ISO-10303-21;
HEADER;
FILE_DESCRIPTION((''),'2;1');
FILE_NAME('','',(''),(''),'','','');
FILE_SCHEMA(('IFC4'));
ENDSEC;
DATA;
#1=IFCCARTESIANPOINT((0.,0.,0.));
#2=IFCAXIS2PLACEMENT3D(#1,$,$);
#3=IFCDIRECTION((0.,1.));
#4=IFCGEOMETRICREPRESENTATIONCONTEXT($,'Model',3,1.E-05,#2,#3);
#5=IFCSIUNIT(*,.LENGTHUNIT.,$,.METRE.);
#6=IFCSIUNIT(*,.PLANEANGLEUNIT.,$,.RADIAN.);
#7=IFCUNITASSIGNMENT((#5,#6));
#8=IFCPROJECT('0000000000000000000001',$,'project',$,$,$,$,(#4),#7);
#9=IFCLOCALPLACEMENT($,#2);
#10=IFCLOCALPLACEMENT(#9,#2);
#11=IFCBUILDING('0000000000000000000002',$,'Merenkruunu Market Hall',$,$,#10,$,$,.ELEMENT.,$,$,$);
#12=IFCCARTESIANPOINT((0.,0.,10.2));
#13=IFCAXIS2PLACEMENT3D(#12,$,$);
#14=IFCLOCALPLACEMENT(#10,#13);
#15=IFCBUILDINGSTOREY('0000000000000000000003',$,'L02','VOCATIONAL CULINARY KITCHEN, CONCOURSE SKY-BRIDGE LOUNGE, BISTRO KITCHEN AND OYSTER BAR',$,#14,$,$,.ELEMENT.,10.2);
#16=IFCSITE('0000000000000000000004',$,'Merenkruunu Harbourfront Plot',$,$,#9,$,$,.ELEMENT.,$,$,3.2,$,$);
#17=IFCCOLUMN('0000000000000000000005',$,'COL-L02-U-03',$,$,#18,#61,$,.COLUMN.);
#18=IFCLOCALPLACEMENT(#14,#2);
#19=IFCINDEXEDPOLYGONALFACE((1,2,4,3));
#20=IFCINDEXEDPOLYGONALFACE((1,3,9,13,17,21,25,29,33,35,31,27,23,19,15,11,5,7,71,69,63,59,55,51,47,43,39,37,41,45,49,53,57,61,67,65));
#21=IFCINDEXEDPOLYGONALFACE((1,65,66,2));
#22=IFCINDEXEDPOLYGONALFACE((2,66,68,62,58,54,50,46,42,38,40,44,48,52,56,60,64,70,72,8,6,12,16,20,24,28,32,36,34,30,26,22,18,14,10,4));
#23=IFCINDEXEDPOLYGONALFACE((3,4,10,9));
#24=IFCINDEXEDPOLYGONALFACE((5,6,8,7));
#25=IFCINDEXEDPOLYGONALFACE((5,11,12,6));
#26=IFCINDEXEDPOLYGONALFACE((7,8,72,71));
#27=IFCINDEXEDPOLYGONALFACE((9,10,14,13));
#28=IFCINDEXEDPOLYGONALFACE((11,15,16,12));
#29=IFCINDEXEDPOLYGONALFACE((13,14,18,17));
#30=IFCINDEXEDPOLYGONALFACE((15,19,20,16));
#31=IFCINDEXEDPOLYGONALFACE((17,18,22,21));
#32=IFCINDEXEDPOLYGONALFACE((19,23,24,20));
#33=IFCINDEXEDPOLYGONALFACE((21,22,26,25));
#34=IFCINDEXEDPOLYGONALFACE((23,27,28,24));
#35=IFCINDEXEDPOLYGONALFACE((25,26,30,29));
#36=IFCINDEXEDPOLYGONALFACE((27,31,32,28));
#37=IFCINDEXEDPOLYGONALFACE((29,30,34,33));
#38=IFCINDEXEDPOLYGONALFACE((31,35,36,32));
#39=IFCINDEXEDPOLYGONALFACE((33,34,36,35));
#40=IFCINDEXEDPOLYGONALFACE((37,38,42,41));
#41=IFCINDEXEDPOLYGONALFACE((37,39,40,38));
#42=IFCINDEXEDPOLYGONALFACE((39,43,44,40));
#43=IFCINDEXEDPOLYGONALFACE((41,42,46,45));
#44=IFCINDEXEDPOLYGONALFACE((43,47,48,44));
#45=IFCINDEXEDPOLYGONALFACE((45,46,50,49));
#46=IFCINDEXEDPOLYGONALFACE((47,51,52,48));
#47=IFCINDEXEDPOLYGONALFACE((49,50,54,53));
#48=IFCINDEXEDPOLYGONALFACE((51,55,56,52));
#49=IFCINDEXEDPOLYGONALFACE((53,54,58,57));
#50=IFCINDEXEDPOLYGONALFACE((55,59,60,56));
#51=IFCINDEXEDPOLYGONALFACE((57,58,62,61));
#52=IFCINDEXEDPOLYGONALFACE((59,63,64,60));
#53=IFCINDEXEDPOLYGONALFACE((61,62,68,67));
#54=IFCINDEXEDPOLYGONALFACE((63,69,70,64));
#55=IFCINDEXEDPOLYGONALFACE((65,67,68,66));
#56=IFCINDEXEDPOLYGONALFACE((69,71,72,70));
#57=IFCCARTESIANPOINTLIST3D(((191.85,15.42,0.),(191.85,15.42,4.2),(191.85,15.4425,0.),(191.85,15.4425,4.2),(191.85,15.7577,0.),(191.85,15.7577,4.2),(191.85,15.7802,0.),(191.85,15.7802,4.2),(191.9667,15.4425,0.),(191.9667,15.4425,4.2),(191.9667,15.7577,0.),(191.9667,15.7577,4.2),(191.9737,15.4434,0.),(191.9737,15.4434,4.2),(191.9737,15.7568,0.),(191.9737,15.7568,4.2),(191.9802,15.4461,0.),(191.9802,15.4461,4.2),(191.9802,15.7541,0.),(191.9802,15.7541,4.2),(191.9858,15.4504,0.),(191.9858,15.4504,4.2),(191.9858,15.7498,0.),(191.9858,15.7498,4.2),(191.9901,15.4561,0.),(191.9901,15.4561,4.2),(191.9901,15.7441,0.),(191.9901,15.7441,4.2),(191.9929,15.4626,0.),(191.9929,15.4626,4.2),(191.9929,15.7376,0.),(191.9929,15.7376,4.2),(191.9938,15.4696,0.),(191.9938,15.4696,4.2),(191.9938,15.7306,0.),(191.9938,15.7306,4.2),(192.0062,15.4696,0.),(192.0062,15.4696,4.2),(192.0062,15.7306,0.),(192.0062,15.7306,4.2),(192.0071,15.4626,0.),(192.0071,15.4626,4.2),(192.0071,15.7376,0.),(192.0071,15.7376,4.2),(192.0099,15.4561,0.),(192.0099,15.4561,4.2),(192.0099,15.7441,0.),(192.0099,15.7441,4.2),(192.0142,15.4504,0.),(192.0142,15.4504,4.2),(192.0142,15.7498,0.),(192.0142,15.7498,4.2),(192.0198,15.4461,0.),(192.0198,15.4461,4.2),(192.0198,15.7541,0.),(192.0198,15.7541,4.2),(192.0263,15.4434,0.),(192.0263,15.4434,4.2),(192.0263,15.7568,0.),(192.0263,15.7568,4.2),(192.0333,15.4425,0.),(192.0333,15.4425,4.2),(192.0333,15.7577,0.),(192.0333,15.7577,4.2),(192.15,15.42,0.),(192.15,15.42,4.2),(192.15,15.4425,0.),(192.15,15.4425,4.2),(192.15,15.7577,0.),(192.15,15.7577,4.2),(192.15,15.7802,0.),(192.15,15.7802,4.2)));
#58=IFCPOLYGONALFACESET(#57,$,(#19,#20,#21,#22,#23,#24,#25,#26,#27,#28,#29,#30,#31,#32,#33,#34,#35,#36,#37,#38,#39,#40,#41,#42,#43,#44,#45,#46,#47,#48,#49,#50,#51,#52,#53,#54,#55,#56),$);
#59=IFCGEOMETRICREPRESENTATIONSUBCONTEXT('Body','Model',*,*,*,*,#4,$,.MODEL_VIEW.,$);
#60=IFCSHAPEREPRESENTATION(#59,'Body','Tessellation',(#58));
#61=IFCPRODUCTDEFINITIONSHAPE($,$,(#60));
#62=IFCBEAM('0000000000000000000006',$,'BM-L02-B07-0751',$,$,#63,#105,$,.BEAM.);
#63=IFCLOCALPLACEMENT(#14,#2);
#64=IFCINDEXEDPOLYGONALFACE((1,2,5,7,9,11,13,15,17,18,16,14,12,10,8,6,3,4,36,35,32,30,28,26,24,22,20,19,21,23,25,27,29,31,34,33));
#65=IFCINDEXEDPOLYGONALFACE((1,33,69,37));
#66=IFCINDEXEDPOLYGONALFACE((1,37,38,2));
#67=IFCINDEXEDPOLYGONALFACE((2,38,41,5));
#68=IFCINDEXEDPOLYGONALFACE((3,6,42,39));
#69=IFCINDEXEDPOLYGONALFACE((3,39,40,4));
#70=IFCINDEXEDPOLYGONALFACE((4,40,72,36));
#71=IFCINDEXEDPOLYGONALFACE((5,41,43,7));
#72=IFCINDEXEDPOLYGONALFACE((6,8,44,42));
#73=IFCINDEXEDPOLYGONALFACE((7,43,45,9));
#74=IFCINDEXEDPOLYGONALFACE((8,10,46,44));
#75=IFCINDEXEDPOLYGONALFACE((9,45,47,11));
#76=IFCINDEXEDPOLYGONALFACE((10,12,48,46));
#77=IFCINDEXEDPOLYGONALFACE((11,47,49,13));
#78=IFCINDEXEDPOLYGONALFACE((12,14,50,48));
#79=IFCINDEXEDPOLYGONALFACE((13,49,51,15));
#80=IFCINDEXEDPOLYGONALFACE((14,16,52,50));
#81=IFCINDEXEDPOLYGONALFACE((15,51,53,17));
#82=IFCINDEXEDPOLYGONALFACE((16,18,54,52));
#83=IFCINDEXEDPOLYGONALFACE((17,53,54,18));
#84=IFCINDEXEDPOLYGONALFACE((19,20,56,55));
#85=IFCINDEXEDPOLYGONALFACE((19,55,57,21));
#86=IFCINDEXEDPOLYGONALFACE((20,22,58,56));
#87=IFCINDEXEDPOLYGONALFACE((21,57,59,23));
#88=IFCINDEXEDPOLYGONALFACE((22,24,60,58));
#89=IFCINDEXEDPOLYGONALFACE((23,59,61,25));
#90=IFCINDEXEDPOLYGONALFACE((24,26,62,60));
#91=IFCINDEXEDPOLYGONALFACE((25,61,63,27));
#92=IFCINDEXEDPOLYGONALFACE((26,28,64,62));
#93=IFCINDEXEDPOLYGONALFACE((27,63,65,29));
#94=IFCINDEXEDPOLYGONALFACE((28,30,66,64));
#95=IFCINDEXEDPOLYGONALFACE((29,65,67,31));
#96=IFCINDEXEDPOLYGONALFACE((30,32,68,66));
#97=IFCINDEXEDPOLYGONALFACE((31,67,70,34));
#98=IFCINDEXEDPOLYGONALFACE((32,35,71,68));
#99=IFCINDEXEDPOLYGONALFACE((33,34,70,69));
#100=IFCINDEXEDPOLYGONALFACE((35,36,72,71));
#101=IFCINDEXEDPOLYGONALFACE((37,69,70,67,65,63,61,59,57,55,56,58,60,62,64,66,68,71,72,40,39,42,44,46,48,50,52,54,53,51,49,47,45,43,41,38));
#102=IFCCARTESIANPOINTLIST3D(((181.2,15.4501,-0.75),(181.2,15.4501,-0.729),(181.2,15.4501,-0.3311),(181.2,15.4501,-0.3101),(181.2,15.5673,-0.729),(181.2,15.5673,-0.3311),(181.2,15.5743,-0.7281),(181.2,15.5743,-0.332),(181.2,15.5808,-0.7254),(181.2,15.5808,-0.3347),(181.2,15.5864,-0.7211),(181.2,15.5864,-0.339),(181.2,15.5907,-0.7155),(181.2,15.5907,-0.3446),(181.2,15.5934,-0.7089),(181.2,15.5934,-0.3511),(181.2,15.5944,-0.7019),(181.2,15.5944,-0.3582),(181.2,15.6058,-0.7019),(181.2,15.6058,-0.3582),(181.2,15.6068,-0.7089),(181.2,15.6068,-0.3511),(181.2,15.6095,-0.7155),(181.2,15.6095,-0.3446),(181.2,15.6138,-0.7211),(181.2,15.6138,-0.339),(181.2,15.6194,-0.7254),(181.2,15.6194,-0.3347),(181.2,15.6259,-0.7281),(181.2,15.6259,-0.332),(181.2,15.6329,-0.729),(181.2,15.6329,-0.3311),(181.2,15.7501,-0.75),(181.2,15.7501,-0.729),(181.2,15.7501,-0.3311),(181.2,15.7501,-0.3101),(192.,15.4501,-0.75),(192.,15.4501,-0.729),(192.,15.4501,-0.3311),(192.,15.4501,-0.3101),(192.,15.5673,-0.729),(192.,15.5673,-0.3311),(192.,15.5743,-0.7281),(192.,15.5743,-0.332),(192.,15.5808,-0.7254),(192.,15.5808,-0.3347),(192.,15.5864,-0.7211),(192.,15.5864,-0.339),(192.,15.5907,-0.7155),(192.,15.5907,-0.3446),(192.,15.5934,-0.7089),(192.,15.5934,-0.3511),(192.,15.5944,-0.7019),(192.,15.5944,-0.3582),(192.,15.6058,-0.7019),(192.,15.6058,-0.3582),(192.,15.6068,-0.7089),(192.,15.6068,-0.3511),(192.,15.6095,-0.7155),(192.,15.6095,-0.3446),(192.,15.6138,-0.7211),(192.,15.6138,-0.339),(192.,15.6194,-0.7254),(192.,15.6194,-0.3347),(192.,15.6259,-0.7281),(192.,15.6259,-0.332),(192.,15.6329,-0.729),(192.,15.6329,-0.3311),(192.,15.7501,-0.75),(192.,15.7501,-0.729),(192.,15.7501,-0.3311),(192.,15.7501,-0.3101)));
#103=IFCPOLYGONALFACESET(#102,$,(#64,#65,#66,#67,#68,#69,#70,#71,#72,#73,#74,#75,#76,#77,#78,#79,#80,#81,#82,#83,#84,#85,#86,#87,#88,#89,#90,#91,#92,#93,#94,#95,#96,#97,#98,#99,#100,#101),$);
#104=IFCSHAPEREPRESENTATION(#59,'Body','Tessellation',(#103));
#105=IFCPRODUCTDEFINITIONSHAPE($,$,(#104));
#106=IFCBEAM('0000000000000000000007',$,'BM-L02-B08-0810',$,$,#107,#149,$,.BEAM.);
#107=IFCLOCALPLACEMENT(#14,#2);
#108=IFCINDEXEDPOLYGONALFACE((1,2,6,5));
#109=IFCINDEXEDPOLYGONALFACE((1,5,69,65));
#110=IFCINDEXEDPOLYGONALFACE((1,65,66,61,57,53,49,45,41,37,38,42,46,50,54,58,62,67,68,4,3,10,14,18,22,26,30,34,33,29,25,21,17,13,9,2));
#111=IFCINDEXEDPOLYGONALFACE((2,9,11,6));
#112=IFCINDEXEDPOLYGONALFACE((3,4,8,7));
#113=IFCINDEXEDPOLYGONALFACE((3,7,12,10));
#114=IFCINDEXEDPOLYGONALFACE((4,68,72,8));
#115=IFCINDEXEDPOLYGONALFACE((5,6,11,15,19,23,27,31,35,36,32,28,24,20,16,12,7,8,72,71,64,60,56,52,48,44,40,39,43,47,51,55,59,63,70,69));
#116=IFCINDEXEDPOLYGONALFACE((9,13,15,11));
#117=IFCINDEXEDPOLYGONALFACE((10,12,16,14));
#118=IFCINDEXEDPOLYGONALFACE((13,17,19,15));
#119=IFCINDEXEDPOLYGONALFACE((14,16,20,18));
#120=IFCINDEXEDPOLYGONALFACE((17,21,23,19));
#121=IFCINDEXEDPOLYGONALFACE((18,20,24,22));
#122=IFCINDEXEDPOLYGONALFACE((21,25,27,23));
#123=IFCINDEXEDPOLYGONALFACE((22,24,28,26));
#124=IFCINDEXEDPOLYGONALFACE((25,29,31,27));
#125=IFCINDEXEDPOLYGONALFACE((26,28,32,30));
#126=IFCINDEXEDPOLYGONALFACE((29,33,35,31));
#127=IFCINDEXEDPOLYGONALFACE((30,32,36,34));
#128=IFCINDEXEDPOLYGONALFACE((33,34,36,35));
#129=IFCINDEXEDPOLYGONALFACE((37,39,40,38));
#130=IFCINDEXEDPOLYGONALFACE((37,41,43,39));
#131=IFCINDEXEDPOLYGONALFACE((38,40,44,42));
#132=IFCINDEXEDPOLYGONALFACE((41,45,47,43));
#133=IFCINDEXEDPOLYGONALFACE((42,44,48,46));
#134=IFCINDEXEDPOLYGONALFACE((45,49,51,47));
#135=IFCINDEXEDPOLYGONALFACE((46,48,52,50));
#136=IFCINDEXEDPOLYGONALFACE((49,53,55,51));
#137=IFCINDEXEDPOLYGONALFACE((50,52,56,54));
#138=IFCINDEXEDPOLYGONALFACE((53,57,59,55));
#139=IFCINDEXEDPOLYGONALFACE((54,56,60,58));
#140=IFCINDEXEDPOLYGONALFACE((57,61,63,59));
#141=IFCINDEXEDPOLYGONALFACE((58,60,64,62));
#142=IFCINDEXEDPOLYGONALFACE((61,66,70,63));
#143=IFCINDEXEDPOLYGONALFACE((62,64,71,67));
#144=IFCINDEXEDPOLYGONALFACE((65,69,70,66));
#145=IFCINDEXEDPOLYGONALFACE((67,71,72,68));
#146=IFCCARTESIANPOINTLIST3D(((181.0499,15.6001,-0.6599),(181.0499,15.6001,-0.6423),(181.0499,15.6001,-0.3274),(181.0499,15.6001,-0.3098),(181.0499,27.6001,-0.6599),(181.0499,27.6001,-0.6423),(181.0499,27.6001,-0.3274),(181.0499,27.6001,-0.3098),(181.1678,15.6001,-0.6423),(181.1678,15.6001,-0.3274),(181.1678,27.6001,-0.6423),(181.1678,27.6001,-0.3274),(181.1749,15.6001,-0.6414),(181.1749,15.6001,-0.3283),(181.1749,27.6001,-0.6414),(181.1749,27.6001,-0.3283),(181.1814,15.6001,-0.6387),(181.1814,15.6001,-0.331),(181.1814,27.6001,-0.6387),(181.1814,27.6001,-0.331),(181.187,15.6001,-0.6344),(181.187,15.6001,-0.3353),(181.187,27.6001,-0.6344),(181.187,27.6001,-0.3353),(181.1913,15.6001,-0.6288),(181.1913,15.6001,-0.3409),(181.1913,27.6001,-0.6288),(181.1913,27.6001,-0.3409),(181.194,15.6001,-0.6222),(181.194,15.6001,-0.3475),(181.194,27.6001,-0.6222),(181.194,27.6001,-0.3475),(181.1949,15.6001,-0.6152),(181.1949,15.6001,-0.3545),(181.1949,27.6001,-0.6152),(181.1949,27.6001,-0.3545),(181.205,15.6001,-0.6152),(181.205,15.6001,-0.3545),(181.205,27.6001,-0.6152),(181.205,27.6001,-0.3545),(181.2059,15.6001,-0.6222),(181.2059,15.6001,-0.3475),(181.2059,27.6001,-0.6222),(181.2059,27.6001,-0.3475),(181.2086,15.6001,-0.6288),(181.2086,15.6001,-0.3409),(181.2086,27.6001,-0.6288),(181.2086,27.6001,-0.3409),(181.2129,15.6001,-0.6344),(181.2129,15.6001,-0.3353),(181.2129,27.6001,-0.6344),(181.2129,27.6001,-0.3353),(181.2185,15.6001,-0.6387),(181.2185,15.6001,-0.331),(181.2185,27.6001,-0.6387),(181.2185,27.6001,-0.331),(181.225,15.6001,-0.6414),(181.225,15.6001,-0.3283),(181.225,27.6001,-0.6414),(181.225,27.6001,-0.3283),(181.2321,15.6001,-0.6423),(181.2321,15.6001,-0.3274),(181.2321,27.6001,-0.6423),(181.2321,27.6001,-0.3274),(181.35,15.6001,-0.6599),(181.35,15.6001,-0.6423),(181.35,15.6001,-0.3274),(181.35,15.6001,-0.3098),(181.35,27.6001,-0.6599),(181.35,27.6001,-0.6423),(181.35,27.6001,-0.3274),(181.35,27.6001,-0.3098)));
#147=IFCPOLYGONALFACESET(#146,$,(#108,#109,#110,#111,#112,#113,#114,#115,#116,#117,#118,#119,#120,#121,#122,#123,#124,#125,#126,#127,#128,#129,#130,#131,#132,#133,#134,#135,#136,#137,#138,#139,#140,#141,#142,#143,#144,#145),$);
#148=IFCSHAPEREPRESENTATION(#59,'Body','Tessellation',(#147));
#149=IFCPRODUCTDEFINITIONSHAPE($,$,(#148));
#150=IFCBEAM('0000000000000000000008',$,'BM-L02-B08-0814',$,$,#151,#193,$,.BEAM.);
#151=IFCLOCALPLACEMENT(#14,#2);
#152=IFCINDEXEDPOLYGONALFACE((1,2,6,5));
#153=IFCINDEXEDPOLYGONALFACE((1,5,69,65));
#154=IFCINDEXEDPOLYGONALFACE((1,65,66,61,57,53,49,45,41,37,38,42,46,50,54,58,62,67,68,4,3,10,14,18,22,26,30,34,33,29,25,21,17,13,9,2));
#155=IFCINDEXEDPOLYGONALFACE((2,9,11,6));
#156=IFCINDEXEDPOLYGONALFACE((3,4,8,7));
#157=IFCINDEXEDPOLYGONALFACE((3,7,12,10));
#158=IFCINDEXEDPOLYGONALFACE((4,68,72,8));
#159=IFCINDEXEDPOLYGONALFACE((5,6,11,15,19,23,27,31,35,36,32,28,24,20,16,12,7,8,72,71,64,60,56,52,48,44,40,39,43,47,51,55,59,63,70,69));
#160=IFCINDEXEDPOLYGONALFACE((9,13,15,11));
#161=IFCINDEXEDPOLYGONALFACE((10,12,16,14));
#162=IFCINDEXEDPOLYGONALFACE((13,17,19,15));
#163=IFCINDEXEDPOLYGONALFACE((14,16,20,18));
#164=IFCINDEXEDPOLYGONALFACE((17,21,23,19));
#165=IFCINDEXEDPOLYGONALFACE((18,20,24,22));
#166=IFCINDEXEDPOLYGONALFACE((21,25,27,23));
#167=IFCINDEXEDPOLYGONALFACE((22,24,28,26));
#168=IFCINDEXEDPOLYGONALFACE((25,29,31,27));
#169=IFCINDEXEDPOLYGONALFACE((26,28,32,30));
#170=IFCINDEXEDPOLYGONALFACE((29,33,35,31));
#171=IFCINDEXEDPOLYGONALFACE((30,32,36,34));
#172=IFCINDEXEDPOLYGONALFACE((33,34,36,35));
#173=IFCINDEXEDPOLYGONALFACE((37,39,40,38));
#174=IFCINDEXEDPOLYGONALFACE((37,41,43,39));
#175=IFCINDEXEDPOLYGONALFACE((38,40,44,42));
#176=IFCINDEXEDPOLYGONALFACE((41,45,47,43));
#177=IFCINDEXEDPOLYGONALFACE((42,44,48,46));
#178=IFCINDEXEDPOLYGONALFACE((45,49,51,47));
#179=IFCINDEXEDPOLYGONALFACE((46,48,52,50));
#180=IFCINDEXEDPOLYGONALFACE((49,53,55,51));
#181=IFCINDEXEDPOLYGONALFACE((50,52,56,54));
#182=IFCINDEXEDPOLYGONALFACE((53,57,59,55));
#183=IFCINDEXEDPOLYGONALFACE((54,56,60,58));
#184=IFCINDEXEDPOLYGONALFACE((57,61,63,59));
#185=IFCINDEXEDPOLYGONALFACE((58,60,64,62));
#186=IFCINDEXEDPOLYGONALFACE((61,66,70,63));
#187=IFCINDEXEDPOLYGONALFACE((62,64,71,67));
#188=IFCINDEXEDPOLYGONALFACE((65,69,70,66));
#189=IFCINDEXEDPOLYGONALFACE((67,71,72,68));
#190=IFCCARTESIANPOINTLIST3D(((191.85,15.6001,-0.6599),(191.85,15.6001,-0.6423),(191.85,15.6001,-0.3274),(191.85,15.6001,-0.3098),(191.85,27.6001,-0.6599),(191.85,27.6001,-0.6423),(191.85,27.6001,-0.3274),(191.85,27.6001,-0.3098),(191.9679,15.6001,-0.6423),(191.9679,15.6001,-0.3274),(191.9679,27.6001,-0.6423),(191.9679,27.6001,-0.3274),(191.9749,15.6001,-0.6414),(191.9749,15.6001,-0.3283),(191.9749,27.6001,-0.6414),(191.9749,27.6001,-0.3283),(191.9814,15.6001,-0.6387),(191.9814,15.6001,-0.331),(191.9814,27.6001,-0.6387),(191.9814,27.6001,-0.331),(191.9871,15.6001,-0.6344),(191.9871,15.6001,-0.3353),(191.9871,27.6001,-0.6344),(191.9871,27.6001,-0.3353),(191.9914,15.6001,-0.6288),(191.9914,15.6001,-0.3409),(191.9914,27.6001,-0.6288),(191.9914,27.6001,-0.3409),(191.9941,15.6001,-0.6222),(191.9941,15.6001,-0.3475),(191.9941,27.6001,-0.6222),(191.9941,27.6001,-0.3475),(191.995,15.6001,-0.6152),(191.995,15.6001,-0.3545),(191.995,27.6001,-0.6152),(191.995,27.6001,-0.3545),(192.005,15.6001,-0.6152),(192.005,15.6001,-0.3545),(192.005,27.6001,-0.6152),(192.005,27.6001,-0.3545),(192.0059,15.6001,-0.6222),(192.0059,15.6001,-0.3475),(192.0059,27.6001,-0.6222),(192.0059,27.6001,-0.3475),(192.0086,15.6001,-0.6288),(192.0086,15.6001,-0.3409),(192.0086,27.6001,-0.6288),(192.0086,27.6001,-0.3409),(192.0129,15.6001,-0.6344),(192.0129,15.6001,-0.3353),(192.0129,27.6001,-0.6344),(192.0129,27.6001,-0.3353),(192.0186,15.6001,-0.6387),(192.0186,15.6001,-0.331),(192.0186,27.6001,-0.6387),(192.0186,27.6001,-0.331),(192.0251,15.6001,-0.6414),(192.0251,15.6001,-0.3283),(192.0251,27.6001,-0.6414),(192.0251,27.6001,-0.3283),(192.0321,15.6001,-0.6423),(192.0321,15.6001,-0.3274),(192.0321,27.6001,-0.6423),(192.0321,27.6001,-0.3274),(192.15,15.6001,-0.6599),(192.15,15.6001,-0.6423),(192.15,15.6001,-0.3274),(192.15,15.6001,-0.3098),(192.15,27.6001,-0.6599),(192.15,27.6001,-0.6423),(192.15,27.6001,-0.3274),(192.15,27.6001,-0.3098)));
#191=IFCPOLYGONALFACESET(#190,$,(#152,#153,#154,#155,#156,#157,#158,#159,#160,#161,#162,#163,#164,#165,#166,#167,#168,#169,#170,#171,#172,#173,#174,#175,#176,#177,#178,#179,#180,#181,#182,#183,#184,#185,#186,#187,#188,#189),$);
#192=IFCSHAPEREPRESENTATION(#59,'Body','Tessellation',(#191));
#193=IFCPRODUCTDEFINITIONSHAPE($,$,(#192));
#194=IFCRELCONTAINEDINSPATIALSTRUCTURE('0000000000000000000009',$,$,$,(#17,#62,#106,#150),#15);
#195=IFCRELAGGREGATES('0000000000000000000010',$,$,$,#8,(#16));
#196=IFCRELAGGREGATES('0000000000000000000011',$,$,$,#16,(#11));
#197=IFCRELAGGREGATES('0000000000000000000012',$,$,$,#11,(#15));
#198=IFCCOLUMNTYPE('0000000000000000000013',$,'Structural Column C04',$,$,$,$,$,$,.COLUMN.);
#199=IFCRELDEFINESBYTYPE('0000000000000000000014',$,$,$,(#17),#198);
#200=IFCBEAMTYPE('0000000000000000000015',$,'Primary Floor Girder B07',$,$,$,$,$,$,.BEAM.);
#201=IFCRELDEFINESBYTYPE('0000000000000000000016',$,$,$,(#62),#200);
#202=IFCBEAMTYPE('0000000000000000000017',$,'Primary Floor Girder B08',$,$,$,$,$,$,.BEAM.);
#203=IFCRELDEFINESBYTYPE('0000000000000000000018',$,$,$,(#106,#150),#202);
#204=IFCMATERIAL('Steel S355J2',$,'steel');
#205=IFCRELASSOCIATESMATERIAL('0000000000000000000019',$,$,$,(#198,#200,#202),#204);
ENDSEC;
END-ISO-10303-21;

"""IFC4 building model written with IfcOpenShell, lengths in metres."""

from ifc_helpers import new_model, si_unit, direction, frame, origin, origin_2d, place, context, subcontext, project, spatial, i_section, extrude, material, material_profile, profile_set, type_object, element, save


model = new_model("IFC4")

# Units and contexts
model_context = context("Model", 3, precision=1e-05, world=origin(), true_north=direction((0.0, 1.0)))
body_context = subcontext(model_context, "Body", "Model", "MODEL_VIEW")
ifc_project = project(units=[si_unit("LENGTHUNIT", "METRE"), si_unit("PLANEANGLEUNIT", "RADIAN")], contexts=[model_context])

# Site, building, storey
site_placement = place(None, origin())
site = spatial("IfcSite", under=ifc_project, at=site_placement, Name="Merenkruunu Harbourfront Plot", CompositionType="ELEMENT", RefElevation=3.2)
building_placement = place(site_placement, origin())
building = spatial("IfcBuilding", under=site, at=building_placement, Name="Merenkruunu Market Hall", CompositionType="ELEMENT")
storey_placement = place(building_placement, frame((0.0, 0.0, 10.2)))
storey = spatial("IfcBuildingStorey", under=building, at=storey_placement, Name="L02", Description="VOCATIONAL CULINARY KITCHEN, CONCOURSE SKY-BRIDGE LOUNGE, BISTRO KITCHEN AND OYSTER BAR", CompositionType="ELEMENT", Elevation=10.2)

# Column
ifc_material_1 = material(Name="Steel S355J2", Category="steel")
ifc_material_profile_1 = material_profile(ifc_material_1, i_section(OverallWidth=0.3, OverallDepth=0.3601, WebThickness=0.0125, FlangeThickness=0.0225, FilletRadius=0.0271, at=origin_2d()), Name="HEB 360")
ifc_profile_set_1 = profile_set([ifc_material_profile_1], Name="Steel S355J2")
column_type = type_object("IfcColumnType", Name="Structural Column C04", PredefinedType="COLUMN", material=ifc_profile_set_1)
column_placement = place(storey_placement, frame((192.0, 15.6001, 0.0), z_axis=(0.0, 0.0, 1.0), x_axis=(1.0, 0.0, 0.0)))
element("IfcColumn", 1, at=column_placement, inside=storey, type_object=column_type, Name="COL-L02-U-03", PredefinedType="COLUMN", context=body_context, shape_type="SweptSolid", body=[
    extrude(i_section(OverallWidth=0.3, OverallDepth=0.3601, WebThickness=0.0125, FlangeThickness=0.0225, FilletRadius=0.0271, at=origin_2d()), origin(), (0.0, 0.0, 1.0), 4.2),
])

# Beams
ifc_material_profile_2 = material_profile(ifc_material_1, i_section(OverallWidth=0.3, OverallDepth=0.4399, WebThickness=0.0115, FlangeThickness=0.021, FilletRadius=0.0271, at=origin_2d()), Name="HEA 450")
ifc_profile_set_2 = profile_set([ifc_material_profile_2], Name="Steel S355J2")
beam_type_1 = type_object("IfcBeamType", Name="Primary Floor Girder B07", PredefinedType="BEAM", material=ifc_profile_set_2)
beam_placement = place(storey_placement, frame((181.2, 15.6001, -0.53), z_axis=(1.0, 0.0, 0.0), x_axis=(0.0, 1.0, 0.0)))
element("IfcBeam", 2, at=beam_placement, inside=storey, type_object=beam_type_1, Name="BM-L02-B07-0751", PredefinedType="BEAM", context=body_context, shape_type="SweptSolid", body=[
    extrude(i_section(OverallWidth=0.3, OverallDepth=0.4399, WebThickness=0.0115, FlangeThickness=0.021, FilletRadius=0.0271, at=origin_2d()), origin(), (0.0, 0.0, 1.0), 10.8),
])
ifc_material_profile_3 = material_profile(ifc_material_1, i_section(OverallWidth=0.3, OverallDepth=0.3501, WebThickness=0.01, FlangeThickness=0.0176, FilletRadius=0.0271, at=origin_2d()), Name="HEA 360")
ifc_profile_set_3 = profile_set([ifc_material_profile_3], Name="Steel S355J2")
beam_type_2 = type_object("IfcBeamType", Name="Primary Floor Girder B08", PredefinedType="BEAM", material=ifc_profile_set_3)
for number, where, z_axis, x_axis, name in (
    (3, (181.2, 15.6001, -0.4849), (0.0, 1.0, 0.0), (-1.0, 0.0, 0.0), "BM-L02-B08-0810"),
    (4, (192.0, 15.6001, -0.4849), (0.0, 1.0, 0.0), (-1.0, 0.0, 0.0), "BM-L02-B08-0814"),
):
    element("IfcBeam", number, at=place(storey_placement, frame(where, z_axis=z_axis, x_axis=x_axis)), inside=storey, type_object=beam_type_2, Name=name, PredefinedType="BEAM", context=body_context, shape_type="SweptSolid", body=[
        extrude(i_section(OverallWidth=0.3, OverallDepth=0.3501, WebThickness=0.01, FlangeThickness=0.0176, FilletRadius=0.0271, at=origin_2d()), origin(), (0.0, 0.0, 1.0), 12.0),
    ])

save(model, "model.ifc")
